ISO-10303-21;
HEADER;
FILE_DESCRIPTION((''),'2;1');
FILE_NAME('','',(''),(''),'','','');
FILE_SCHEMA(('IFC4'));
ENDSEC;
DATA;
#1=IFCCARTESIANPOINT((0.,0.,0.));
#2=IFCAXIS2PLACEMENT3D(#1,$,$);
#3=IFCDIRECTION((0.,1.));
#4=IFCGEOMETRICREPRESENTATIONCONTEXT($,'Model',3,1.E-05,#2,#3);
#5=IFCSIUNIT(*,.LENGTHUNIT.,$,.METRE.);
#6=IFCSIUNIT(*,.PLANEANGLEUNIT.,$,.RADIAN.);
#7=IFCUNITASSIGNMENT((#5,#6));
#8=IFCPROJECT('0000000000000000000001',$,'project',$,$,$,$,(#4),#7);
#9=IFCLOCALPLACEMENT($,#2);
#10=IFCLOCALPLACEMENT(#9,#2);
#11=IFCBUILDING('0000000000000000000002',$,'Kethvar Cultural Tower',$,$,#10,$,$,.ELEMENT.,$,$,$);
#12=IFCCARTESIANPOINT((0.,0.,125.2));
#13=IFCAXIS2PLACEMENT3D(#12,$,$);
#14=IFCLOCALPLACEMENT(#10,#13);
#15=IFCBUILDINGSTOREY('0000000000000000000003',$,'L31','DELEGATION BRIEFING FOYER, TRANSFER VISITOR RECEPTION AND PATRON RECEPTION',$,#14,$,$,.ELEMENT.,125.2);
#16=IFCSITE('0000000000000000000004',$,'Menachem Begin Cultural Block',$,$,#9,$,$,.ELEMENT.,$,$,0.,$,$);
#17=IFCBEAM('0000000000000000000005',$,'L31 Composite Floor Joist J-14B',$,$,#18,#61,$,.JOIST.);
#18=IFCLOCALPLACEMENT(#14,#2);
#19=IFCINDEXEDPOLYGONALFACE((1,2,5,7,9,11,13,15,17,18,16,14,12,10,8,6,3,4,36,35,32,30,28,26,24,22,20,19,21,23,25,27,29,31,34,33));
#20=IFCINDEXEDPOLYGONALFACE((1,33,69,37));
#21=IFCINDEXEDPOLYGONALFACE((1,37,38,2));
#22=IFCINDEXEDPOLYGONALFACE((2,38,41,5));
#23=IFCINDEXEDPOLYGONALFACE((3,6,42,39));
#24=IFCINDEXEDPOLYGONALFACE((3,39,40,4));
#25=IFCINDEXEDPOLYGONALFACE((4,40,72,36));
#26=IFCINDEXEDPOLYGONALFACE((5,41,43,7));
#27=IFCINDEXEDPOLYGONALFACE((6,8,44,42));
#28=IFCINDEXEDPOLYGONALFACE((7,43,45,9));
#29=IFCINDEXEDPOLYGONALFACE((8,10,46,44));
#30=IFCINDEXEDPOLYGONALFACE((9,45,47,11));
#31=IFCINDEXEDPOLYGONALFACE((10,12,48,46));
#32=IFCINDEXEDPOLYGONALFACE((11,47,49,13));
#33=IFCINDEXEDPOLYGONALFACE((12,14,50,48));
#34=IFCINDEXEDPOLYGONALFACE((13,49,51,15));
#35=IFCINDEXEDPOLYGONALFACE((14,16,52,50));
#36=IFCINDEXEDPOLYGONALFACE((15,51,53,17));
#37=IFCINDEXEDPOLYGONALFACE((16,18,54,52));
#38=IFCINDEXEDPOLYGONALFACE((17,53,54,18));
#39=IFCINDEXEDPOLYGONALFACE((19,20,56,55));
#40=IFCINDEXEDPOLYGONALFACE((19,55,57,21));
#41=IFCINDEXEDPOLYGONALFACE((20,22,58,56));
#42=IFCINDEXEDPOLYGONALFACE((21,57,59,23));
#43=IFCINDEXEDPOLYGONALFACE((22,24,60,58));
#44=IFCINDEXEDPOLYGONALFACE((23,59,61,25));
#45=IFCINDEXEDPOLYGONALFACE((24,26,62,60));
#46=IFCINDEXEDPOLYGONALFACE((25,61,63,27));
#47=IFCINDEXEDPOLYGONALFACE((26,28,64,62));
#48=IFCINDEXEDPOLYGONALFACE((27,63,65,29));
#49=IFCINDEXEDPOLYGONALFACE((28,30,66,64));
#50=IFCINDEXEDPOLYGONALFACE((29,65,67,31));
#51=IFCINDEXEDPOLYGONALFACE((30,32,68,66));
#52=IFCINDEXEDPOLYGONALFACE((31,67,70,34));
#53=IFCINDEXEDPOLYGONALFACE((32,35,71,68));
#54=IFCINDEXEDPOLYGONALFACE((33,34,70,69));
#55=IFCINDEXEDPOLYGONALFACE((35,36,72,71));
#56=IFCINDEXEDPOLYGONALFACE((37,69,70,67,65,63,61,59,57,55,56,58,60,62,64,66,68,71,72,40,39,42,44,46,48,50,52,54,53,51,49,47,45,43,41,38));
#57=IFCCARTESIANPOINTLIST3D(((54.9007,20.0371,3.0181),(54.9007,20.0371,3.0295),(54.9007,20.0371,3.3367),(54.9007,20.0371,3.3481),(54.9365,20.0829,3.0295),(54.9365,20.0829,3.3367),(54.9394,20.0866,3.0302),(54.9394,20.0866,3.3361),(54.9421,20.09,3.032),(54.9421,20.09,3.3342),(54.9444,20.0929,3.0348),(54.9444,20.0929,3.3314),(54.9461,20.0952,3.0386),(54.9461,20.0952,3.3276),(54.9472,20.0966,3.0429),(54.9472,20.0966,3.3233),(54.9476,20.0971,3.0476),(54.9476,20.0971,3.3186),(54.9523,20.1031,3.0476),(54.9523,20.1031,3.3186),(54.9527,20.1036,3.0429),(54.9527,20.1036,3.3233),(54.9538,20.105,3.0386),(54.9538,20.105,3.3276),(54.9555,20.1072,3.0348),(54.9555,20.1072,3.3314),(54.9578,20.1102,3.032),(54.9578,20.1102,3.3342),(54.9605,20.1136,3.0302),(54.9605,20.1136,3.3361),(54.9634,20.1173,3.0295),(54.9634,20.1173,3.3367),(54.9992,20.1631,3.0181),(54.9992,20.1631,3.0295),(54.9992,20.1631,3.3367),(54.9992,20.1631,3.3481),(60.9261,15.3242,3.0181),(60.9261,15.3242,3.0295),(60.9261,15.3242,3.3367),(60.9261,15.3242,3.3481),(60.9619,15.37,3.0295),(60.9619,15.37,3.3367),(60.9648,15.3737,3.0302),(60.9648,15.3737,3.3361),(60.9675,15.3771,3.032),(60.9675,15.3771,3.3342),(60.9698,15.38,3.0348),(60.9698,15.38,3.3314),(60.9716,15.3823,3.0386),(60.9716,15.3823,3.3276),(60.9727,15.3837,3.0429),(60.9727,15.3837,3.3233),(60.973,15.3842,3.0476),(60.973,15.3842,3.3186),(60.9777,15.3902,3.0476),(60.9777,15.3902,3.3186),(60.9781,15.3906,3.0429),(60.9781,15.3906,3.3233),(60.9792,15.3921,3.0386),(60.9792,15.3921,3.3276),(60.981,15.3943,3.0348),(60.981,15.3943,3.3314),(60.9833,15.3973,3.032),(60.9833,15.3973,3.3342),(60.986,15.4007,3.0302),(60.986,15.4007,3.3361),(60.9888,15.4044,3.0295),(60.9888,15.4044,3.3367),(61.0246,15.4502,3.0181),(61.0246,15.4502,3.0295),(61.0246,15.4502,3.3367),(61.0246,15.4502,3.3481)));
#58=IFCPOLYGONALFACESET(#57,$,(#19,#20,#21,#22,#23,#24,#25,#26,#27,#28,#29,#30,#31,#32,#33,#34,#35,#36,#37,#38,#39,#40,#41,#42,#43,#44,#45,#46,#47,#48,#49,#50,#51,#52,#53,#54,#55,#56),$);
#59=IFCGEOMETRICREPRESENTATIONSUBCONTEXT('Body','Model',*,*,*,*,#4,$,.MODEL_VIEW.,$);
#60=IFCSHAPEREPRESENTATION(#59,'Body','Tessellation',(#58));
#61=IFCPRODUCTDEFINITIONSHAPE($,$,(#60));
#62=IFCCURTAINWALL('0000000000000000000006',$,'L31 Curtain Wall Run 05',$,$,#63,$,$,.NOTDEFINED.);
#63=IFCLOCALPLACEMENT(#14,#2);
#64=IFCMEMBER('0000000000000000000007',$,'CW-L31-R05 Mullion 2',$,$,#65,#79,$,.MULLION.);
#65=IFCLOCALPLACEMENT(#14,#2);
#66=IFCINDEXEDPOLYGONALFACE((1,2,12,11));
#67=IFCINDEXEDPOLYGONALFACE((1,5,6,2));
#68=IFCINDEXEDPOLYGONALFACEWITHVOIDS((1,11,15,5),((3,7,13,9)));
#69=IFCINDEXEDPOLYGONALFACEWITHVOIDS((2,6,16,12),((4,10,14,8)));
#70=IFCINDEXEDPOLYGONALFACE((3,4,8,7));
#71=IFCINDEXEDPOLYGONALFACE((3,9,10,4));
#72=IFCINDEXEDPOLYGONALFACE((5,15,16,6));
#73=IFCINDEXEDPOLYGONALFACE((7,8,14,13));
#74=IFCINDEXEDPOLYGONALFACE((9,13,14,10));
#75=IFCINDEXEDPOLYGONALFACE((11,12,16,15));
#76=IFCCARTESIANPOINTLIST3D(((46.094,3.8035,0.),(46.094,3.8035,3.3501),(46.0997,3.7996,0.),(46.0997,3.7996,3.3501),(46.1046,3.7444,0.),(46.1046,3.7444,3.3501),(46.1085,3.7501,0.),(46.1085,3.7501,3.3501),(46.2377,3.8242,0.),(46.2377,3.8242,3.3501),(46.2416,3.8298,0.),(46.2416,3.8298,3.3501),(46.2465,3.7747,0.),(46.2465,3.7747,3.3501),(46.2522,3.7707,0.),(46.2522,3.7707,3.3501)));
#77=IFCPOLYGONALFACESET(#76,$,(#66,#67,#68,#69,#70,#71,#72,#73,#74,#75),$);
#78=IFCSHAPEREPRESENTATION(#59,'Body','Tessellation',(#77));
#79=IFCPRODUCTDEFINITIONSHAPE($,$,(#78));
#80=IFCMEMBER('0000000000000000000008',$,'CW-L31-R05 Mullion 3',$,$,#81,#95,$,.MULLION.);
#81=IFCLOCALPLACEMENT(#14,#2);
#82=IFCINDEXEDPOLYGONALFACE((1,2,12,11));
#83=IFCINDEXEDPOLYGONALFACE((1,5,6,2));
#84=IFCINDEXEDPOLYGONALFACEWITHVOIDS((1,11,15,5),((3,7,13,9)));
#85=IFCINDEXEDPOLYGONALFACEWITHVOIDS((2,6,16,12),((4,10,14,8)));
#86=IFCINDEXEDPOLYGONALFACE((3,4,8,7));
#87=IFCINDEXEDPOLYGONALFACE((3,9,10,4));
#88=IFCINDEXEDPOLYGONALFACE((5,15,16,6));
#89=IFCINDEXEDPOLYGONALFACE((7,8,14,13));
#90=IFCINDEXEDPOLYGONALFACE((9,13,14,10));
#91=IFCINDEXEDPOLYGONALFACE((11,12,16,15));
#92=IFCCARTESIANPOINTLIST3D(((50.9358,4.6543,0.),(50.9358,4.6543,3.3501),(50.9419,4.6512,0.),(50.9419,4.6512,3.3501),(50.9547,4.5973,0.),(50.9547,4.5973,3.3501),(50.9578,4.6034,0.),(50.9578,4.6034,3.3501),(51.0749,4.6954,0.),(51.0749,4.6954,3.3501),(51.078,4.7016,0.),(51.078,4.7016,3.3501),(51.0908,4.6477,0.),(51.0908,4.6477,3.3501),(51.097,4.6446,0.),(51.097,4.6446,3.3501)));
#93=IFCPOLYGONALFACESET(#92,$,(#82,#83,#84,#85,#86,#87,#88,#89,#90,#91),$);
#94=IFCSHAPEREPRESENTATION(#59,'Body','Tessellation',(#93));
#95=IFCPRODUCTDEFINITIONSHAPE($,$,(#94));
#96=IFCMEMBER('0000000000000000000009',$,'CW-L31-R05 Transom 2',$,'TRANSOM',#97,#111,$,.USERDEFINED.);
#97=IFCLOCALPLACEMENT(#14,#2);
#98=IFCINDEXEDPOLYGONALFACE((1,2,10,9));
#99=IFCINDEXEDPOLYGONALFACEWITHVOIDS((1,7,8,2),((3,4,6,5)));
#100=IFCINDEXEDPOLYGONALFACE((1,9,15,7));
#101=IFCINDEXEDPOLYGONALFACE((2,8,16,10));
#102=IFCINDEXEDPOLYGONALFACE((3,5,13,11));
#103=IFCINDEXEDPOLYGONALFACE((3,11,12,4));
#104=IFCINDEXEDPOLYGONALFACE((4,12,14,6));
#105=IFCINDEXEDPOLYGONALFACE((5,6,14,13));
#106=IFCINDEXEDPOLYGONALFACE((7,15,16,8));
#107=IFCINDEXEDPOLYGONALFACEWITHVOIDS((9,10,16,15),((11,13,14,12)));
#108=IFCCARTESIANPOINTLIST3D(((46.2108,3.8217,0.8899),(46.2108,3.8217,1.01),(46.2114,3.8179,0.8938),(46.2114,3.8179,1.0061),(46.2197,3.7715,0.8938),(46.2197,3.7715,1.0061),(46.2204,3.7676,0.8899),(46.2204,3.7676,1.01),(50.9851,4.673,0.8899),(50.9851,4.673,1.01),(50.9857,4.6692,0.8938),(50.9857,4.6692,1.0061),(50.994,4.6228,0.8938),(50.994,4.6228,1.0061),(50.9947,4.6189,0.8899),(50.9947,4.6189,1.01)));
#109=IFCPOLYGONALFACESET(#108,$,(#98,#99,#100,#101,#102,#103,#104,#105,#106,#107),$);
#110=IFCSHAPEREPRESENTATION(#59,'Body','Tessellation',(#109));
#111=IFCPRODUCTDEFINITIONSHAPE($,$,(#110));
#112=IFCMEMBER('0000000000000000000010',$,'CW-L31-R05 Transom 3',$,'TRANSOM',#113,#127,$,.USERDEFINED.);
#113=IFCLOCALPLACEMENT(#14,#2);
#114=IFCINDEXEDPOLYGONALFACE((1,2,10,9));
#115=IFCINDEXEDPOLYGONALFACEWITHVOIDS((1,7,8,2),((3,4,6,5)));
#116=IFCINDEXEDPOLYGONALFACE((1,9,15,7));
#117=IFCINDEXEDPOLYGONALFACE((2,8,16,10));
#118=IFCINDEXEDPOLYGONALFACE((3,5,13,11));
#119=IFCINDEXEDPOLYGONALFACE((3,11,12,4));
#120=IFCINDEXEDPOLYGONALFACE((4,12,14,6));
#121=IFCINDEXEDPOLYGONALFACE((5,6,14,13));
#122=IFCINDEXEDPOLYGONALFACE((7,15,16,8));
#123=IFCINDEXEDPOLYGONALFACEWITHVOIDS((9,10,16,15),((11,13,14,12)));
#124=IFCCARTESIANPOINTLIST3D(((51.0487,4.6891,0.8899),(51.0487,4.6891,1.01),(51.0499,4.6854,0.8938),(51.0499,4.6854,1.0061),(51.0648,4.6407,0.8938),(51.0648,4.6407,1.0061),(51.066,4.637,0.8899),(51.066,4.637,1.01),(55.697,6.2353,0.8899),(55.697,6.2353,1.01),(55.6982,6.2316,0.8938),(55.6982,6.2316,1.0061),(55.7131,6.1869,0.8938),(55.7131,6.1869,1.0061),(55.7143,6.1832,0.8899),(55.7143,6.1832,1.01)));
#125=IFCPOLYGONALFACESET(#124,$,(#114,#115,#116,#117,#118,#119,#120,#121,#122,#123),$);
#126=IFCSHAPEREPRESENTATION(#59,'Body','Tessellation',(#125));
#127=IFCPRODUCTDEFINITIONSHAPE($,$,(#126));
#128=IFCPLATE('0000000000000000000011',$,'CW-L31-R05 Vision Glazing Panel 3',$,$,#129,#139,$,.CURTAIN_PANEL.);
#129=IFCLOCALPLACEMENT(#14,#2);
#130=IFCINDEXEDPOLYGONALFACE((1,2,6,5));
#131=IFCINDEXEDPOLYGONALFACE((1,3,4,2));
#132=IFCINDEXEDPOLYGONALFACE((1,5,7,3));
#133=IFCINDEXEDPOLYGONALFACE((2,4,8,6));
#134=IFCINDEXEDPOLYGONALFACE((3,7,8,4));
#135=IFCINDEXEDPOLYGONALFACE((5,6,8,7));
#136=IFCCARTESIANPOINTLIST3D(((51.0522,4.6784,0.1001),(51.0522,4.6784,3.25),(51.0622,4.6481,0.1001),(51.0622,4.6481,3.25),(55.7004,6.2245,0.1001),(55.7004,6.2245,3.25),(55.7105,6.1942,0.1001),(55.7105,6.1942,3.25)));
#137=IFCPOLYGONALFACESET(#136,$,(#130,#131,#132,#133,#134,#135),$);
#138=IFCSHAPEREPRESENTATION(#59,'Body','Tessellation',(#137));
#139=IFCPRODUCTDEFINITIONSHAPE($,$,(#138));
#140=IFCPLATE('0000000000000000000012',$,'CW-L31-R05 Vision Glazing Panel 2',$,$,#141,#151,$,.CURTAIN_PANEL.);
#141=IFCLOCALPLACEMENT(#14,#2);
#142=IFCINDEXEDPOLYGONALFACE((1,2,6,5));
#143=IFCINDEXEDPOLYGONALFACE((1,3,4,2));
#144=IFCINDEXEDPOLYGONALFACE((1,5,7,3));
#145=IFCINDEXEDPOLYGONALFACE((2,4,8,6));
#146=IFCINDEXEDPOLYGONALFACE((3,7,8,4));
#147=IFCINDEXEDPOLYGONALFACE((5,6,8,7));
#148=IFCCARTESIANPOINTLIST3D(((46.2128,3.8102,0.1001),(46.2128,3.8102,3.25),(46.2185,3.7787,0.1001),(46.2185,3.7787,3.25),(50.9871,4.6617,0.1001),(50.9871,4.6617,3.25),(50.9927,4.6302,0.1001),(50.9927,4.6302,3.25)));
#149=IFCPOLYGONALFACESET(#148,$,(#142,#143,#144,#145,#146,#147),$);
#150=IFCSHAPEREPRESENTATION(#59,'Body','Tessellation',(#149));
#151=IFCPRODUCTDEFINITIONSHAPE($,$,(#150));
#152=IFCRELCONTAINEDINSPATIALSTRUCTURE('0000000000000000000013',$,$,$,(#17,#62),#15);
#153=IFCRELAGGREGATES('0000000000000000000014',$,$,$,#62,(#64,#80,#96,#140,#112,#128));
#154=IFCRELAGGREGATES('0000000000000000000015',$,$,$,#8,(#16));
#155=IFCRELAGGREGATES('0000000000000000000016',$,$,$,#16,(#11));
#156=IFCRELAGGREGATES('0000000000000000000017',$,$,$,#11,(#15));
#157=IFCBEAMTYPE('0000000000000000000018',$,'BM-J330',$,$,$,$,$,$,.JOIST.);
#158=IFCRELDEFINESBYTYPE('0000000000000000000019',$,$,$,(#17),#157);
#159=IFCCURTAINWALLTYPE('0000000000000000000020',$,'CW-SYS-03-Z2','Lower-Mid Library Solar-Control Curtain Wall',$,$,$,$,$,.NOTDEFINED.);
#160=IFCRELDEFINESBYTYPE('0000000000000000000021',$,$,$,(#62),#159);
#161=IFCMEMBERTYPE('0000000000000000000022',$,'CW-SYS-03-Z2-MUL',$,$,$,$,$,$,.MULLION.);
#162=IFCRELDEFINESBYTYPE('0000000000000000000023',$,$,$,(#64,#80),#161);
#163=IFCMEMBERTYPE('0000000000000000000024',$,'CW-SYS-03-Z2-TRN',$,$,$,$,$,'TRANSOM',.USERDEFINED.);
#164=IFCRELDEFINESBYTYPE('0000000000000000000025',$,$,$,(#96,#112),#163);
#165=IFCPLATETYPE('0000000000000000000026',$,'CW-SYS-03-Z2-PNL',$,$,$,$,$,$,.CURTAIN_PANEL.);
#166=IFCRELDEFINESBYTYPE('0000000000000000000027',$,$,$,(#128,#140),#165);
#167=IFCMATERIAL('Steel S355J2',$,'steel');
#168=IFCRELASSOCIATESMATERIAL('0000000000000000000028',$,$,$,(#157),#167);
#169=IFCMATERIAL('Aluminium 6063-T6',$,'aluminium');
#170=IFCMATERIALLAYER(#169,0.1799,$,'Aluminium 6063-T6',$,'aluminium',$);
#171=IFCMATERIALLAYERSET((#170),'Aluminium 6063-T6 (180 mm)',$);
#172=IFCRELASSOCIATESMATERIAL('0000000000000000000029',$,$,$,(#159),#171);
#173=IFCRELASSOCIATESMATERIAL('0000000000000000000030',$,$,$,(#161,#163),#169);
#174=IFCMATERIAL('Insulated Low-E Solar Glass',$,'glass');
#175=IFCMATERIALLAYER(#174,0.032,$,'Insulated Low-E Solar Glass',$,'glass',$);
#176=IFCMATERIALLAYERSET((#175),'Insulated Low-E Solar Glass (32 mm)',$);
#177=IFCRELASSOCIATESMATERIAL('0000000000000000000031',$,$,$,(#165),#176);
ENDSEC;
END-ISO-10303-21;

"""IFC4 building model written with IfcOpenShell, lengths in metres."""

from ifc_helpers import new_model, si_unit, direction, frame, origin, origin_2d, place, context, subcontext, project, spatial, rectangle, hollow_rectangle, i_section, extrude, source, transform, mapped, material, layer, layer_set, material_profile, profile_set, type_object, element, aggregate, save


model = new_model("IFC4")

# Units and contexts
model_context = context("Model", 3, precision=1e-05, world=origin(), true_north=direction((0.0, 1.0)))
body_context = subcontext(model_context, "Body", "Model", "MODEL_VIEW")
ifc_project = project(units=[si_unit("LENGTHUNIT", "METRE"), si_unit("PLANEANGLEUNIT", "RADIAN")], contexts=[model_context])

# Site, building, storey
site_placement = place(None, origin())
site = spatial("IfcSite", under=ifc_project, at=site_placement, Name="Menachem Begin Cultural Block", CompositionType="ELEMENT", RefElevation=0.0)
building_placement = place(site_placement, origin())
building = spatial("IfcBuilding", under=site, at=building_placement, Name="Kethvar Cultural Tower", CompositionType="ELEMENT")
storey_placement = place(building_placement, frame((0.0, 0.0, 125.2)))
storey = spatial("IfcBuildingStorey", under=building, at=storey_placement, Name="L31", Description="DELEGATION BRIEFING FOYER, TRANSFER VISITOR RECEPTION AND PATRON RECEPTION", CompositionType="ELEMENT", Elevation=125.2)

# Beam
ifc_material_1 = material(Name="Steel S355J2", Category="steel")
ifc_material_profile_1 = material_profile(ifc_material_1, i_section(OverallWidth=0.1599, OverallDepth=0.3301, WebThickness=0.0076, FlangeThickness=0.0115, FilletRadius=0.0181, at=origin_2d()), Name="Steel S355J2 — IPE330")
ifc_profile_set_1 = profile_set([ifc_material_profile_1], Name="Steel S355J2 — IPE330")
beam_type_1 = type_object("IfcBeamType", Name="BM-J330", PredefinedType="JOIST", material=ifc_profile_set_1)
shared_shape_1 = source(origin(), body_context, "Body", "SweptSolid", [
    extrude(i_section(OverallWidth=0.1599, OverallDepth=0.3301, WebThickness=0.0076, FlangeThickness=0.0115, FilletRadius=0.0181, at=origin_2d()), origin(), (0.0, 0.0, 1.0), 7.6497),
])
beam_1_placement = place(storey_placement, frame((54.95, 20.1001, 3.1831), z_axis=(0.787672, -0.616095, 0.0), x_axis=(0.616095, 0.787672, 0.0)))
element("IfcBeam", 1, at=beam_1_placement, inside=storey, type_object=beam_type_1, Name="L31 Composite Floor Joist J-14B", PredefinedType="JOIST", context=body_context, shape_type="MappedRepresentation", body=[
    mapped(shared_shape_1, transform((0.0, 0.0, 0.0), scale=1.0)),
])

# Curtain wall, members, plates
ifc_material_2 = material(Name="Aluminium 6063-T6", Category="aluminium")
ifc_layer_1 = layer(ifc_material_2, 0.1799, Name="Aluminium 6063-T6", Category="aluminium")
ifc_layer_set_1 = layer_set([ifc_layer_1], Name="Aluminium 6063-T6 (180 mm)")
curtain_wall_type = type_object("IfcCurtainWallType", Name="CW-SYS-03-Z2", Description="Lower-Mid Library Solar-Control Curtain Wall", PredefinedType="NOTDEFINED", material=ifc_layer_set_1)
curtain_wall_placement = place(storey_placement, origin())
curtain_wall = element("IfcCurtainWall", 2, at=curtain_wall_placement, inside=storey, type_object=curtain_wall_type, Name="L31 Curtain Wall Run 05", PredefinedType="NOTDEFINED")
ifc_material_profile_2 = material_profile(ifc_material_2, hollow_rectangle(XDim=0.0601, YDim=0.1499, WallThickness=0.0049, at=origin_2d()), Name="Aluminium 6063-T6 — RHS150x60x5")
ifc_profile_set_2 = profile_set([ifc_material_profile_2], Name="Aluminium 6063-T6 — RHS150x60x5")
member_type_1 = type_object("IfcMemberType", Name="CW-SYS-03-Z2-MUL", PredefinedType="MULLION", material=ifc_profile_set_2)
shared_shape_2 = source(origin(), body_context, "Body", "SweptSolid", [
    extrude(hollow_rectangle(XDim=0.0601, YDim=0.1499, WallThickness=0.0049, at=origin_2d()), origin(), (0.0, 0.0, 1.0), 3.3501),
])
member_1_placement = place(storey_placement, frame((46.1731, 3.7871, 0.0), z_axis=(0.0, 0.0, 1.0), x_axis=(-0.175573, 0.984466, 0.0)))
member_1 = element("IfcMember", 3, at=member_1_placement, type_object=member_type_1, Name="CW-L31-R05 Mullion 2", PredefinedType="MULLION", context=body_context, shape_type="MappedRepresentation", body=[
    mapped(shared_shape_2, transform((0.0, 0.0, 0.0), scale=1.0)),
])
member_2_placement = place(storey_placement, frame((51.0164, 4.6494, 0.0), z_axis=(0.0, 0.0, 1.0), x_axis=(-0.315616, 0.948887, 0.0)))
member_2 = element("IfcMember", 4, at=member_2_placement, type_object=member_type_1, Name="CW-L31-R05 Mullion 3", PredefinedType="MULLION", context=body_context, shape_type="MappedRepresentation", body=[
    mapped(shared_shape_2, transform((0.0, 0.0, 0.0), scale=1.0)),
])
ifc_material_profile_3 = material_profile(ifc_material_2, hollow_rectangle(XDim=0.0549, YDim=0.1201, WallThickness=0.0039, at=origin_2d()), Name="Aluminium 6063-T6 — RHS120x55x4")
ifc_profile_set_3 = profile_set([ifc_material_profile_3], Name="Aluminium 6063-T6 — RHS120x55x4")
member_type_2 = type_object("IfcMemberType", Name="CW-SYS-03-Z2-TRN", ElementType="TRANSOM", PredefinedType="USERDEFINED", material=ifc_profile_set_3)
shared_shape_3 = source(origin(), body_context, "Body", "SweptSolid", [
    extrude(hollow_rectangle(XDim=0.0549, YDim=0.1201, WallThickness=0.0039, at=origin_2d()), origin(), (0.0, 0.0, 1.0), 4.8496),
])
member_3_placement = place(storey_placement, frame((46.2156, 3.7947, 0.95), z_axis=(0.984472, 0.17554, 0.0), x_axis=(-0.17554, 0.984472, 0.0)))
member_3 = element("IfcMember", 5, at=member_3_placement, type_object=member_type_2, Name="CW-L31-R05 Transom 2", ObjectType="TRANSOM", PredefinedType="USERDEFINED", context=body_context, shape_type="MappedRepresentation", body=[
    mapped(shared_shape_3, transform((0.0, 0.0, 0.0), scale=1.0)),
])
shared_shape_4 = source(origin(), body_context, "Body", "SweptSolid", [
    extrude(hollow_rectangle(XDim=0.0549, YDim=0.1201, WallThickness=0.0039, at=origin_2d()), origin(), (0.0, 0.0, 1.0), 4.8987),
])
member_4_placement = place(storey_placement, frame((51.0574, 4.6631, 0.95), z_axis=(0.948882, 0.31563, 0.0), x_axis=(-0.31563, 0.948882, 0.0)))
member_4 = element("IfcMember", 6, at=member_4_placement, type_object=member_type_2, Name="CW-L31-R05 Transom 3", ObjectType="TRANSOM", PredefinedType="USERDEFINED", context=body_context, shape_type="MappedRepresentation", body=[
    mapped(shared_shape_4, transform((0.0, 0.0, 0.0), scale=1.0)),
])
ifc_material_3 = material(Name="Insulated Low-E Solar Glass", Category="glass")
ifc_layer_2 = layer(ifc_material_3, 0.032, Name="Insulated Low-E Solar Glass", Category="glass")
ifc_layer_set_2 = layer_set([ifc_layer_2], Name="Insulated Low-E Solar Glass (32 mm)")
plate_type = type_object("IfcPlateType", Name="CW-SYS-03-Z2-PNL", PredefinedType="CURTAIN_PANEL", material=ifc_layer_set_2)
shared_shape_5 = source(origin(), body_context, "Body", "SweptSolid", [
    extrude(rectangle(XDim=4.8987, YDim=0.032, at=origin_2d()), origin(), (0.0, 0.0, 1.0), 3.1499),
])
plate_1_placement = place(storey_placement, frame((53.3813, 5.4363, 0.1001), z_axis=(0.0, 0.0, 1.0), x_axis=(0.948887, 0.315616, 0.0)))
plate_1 = element("IfcPlate", 7, at=plate_1_placement, type_object=plate_type, Name="CW-L31-R05 Vision Glazing Panel 3", PredefinedType="CURTAIN_PANEL", context=body_context, shape_type="MappedRepresentation", body=[
    mapped(shared_shape_5, transform((0.0, 0.0, 0.0), scale=1.0)),
])
shared_shape_6 = source(origin(), body_context, "Body", "SweptSolid", [
    extrude(rectangle(XDim=4.8496, YDim=0.032, at=origin_2d()), origin(), (0.0, 0.0, 1.0), 3.1499),
])
plate_2_placement = place(storey_placement, frame((48.6028, 4.2202, 0.1001), z_axis=(0.0, 0.0, 1.0), x_axis=(0.984466, 0.175573, 0.0)))
plate_2 = element("IfcPlate", 8, at=plate_2_placement, type_object=plate_type, Name="CW-L31-R05 Vision Glazing Panel 2", PredefinedType="CURTAIN_PANEL", context=body_context, shape_type="MappedRepresentation", body=[
    mapped(shared_shape_6, transform((0.0, 0.0, 0.0), scale=1.0)),
])
aggregate(curtain_wall, [member_1, member_2, member_3, plate_2, member_4, plate_1])

save(model, "model.ifc")
